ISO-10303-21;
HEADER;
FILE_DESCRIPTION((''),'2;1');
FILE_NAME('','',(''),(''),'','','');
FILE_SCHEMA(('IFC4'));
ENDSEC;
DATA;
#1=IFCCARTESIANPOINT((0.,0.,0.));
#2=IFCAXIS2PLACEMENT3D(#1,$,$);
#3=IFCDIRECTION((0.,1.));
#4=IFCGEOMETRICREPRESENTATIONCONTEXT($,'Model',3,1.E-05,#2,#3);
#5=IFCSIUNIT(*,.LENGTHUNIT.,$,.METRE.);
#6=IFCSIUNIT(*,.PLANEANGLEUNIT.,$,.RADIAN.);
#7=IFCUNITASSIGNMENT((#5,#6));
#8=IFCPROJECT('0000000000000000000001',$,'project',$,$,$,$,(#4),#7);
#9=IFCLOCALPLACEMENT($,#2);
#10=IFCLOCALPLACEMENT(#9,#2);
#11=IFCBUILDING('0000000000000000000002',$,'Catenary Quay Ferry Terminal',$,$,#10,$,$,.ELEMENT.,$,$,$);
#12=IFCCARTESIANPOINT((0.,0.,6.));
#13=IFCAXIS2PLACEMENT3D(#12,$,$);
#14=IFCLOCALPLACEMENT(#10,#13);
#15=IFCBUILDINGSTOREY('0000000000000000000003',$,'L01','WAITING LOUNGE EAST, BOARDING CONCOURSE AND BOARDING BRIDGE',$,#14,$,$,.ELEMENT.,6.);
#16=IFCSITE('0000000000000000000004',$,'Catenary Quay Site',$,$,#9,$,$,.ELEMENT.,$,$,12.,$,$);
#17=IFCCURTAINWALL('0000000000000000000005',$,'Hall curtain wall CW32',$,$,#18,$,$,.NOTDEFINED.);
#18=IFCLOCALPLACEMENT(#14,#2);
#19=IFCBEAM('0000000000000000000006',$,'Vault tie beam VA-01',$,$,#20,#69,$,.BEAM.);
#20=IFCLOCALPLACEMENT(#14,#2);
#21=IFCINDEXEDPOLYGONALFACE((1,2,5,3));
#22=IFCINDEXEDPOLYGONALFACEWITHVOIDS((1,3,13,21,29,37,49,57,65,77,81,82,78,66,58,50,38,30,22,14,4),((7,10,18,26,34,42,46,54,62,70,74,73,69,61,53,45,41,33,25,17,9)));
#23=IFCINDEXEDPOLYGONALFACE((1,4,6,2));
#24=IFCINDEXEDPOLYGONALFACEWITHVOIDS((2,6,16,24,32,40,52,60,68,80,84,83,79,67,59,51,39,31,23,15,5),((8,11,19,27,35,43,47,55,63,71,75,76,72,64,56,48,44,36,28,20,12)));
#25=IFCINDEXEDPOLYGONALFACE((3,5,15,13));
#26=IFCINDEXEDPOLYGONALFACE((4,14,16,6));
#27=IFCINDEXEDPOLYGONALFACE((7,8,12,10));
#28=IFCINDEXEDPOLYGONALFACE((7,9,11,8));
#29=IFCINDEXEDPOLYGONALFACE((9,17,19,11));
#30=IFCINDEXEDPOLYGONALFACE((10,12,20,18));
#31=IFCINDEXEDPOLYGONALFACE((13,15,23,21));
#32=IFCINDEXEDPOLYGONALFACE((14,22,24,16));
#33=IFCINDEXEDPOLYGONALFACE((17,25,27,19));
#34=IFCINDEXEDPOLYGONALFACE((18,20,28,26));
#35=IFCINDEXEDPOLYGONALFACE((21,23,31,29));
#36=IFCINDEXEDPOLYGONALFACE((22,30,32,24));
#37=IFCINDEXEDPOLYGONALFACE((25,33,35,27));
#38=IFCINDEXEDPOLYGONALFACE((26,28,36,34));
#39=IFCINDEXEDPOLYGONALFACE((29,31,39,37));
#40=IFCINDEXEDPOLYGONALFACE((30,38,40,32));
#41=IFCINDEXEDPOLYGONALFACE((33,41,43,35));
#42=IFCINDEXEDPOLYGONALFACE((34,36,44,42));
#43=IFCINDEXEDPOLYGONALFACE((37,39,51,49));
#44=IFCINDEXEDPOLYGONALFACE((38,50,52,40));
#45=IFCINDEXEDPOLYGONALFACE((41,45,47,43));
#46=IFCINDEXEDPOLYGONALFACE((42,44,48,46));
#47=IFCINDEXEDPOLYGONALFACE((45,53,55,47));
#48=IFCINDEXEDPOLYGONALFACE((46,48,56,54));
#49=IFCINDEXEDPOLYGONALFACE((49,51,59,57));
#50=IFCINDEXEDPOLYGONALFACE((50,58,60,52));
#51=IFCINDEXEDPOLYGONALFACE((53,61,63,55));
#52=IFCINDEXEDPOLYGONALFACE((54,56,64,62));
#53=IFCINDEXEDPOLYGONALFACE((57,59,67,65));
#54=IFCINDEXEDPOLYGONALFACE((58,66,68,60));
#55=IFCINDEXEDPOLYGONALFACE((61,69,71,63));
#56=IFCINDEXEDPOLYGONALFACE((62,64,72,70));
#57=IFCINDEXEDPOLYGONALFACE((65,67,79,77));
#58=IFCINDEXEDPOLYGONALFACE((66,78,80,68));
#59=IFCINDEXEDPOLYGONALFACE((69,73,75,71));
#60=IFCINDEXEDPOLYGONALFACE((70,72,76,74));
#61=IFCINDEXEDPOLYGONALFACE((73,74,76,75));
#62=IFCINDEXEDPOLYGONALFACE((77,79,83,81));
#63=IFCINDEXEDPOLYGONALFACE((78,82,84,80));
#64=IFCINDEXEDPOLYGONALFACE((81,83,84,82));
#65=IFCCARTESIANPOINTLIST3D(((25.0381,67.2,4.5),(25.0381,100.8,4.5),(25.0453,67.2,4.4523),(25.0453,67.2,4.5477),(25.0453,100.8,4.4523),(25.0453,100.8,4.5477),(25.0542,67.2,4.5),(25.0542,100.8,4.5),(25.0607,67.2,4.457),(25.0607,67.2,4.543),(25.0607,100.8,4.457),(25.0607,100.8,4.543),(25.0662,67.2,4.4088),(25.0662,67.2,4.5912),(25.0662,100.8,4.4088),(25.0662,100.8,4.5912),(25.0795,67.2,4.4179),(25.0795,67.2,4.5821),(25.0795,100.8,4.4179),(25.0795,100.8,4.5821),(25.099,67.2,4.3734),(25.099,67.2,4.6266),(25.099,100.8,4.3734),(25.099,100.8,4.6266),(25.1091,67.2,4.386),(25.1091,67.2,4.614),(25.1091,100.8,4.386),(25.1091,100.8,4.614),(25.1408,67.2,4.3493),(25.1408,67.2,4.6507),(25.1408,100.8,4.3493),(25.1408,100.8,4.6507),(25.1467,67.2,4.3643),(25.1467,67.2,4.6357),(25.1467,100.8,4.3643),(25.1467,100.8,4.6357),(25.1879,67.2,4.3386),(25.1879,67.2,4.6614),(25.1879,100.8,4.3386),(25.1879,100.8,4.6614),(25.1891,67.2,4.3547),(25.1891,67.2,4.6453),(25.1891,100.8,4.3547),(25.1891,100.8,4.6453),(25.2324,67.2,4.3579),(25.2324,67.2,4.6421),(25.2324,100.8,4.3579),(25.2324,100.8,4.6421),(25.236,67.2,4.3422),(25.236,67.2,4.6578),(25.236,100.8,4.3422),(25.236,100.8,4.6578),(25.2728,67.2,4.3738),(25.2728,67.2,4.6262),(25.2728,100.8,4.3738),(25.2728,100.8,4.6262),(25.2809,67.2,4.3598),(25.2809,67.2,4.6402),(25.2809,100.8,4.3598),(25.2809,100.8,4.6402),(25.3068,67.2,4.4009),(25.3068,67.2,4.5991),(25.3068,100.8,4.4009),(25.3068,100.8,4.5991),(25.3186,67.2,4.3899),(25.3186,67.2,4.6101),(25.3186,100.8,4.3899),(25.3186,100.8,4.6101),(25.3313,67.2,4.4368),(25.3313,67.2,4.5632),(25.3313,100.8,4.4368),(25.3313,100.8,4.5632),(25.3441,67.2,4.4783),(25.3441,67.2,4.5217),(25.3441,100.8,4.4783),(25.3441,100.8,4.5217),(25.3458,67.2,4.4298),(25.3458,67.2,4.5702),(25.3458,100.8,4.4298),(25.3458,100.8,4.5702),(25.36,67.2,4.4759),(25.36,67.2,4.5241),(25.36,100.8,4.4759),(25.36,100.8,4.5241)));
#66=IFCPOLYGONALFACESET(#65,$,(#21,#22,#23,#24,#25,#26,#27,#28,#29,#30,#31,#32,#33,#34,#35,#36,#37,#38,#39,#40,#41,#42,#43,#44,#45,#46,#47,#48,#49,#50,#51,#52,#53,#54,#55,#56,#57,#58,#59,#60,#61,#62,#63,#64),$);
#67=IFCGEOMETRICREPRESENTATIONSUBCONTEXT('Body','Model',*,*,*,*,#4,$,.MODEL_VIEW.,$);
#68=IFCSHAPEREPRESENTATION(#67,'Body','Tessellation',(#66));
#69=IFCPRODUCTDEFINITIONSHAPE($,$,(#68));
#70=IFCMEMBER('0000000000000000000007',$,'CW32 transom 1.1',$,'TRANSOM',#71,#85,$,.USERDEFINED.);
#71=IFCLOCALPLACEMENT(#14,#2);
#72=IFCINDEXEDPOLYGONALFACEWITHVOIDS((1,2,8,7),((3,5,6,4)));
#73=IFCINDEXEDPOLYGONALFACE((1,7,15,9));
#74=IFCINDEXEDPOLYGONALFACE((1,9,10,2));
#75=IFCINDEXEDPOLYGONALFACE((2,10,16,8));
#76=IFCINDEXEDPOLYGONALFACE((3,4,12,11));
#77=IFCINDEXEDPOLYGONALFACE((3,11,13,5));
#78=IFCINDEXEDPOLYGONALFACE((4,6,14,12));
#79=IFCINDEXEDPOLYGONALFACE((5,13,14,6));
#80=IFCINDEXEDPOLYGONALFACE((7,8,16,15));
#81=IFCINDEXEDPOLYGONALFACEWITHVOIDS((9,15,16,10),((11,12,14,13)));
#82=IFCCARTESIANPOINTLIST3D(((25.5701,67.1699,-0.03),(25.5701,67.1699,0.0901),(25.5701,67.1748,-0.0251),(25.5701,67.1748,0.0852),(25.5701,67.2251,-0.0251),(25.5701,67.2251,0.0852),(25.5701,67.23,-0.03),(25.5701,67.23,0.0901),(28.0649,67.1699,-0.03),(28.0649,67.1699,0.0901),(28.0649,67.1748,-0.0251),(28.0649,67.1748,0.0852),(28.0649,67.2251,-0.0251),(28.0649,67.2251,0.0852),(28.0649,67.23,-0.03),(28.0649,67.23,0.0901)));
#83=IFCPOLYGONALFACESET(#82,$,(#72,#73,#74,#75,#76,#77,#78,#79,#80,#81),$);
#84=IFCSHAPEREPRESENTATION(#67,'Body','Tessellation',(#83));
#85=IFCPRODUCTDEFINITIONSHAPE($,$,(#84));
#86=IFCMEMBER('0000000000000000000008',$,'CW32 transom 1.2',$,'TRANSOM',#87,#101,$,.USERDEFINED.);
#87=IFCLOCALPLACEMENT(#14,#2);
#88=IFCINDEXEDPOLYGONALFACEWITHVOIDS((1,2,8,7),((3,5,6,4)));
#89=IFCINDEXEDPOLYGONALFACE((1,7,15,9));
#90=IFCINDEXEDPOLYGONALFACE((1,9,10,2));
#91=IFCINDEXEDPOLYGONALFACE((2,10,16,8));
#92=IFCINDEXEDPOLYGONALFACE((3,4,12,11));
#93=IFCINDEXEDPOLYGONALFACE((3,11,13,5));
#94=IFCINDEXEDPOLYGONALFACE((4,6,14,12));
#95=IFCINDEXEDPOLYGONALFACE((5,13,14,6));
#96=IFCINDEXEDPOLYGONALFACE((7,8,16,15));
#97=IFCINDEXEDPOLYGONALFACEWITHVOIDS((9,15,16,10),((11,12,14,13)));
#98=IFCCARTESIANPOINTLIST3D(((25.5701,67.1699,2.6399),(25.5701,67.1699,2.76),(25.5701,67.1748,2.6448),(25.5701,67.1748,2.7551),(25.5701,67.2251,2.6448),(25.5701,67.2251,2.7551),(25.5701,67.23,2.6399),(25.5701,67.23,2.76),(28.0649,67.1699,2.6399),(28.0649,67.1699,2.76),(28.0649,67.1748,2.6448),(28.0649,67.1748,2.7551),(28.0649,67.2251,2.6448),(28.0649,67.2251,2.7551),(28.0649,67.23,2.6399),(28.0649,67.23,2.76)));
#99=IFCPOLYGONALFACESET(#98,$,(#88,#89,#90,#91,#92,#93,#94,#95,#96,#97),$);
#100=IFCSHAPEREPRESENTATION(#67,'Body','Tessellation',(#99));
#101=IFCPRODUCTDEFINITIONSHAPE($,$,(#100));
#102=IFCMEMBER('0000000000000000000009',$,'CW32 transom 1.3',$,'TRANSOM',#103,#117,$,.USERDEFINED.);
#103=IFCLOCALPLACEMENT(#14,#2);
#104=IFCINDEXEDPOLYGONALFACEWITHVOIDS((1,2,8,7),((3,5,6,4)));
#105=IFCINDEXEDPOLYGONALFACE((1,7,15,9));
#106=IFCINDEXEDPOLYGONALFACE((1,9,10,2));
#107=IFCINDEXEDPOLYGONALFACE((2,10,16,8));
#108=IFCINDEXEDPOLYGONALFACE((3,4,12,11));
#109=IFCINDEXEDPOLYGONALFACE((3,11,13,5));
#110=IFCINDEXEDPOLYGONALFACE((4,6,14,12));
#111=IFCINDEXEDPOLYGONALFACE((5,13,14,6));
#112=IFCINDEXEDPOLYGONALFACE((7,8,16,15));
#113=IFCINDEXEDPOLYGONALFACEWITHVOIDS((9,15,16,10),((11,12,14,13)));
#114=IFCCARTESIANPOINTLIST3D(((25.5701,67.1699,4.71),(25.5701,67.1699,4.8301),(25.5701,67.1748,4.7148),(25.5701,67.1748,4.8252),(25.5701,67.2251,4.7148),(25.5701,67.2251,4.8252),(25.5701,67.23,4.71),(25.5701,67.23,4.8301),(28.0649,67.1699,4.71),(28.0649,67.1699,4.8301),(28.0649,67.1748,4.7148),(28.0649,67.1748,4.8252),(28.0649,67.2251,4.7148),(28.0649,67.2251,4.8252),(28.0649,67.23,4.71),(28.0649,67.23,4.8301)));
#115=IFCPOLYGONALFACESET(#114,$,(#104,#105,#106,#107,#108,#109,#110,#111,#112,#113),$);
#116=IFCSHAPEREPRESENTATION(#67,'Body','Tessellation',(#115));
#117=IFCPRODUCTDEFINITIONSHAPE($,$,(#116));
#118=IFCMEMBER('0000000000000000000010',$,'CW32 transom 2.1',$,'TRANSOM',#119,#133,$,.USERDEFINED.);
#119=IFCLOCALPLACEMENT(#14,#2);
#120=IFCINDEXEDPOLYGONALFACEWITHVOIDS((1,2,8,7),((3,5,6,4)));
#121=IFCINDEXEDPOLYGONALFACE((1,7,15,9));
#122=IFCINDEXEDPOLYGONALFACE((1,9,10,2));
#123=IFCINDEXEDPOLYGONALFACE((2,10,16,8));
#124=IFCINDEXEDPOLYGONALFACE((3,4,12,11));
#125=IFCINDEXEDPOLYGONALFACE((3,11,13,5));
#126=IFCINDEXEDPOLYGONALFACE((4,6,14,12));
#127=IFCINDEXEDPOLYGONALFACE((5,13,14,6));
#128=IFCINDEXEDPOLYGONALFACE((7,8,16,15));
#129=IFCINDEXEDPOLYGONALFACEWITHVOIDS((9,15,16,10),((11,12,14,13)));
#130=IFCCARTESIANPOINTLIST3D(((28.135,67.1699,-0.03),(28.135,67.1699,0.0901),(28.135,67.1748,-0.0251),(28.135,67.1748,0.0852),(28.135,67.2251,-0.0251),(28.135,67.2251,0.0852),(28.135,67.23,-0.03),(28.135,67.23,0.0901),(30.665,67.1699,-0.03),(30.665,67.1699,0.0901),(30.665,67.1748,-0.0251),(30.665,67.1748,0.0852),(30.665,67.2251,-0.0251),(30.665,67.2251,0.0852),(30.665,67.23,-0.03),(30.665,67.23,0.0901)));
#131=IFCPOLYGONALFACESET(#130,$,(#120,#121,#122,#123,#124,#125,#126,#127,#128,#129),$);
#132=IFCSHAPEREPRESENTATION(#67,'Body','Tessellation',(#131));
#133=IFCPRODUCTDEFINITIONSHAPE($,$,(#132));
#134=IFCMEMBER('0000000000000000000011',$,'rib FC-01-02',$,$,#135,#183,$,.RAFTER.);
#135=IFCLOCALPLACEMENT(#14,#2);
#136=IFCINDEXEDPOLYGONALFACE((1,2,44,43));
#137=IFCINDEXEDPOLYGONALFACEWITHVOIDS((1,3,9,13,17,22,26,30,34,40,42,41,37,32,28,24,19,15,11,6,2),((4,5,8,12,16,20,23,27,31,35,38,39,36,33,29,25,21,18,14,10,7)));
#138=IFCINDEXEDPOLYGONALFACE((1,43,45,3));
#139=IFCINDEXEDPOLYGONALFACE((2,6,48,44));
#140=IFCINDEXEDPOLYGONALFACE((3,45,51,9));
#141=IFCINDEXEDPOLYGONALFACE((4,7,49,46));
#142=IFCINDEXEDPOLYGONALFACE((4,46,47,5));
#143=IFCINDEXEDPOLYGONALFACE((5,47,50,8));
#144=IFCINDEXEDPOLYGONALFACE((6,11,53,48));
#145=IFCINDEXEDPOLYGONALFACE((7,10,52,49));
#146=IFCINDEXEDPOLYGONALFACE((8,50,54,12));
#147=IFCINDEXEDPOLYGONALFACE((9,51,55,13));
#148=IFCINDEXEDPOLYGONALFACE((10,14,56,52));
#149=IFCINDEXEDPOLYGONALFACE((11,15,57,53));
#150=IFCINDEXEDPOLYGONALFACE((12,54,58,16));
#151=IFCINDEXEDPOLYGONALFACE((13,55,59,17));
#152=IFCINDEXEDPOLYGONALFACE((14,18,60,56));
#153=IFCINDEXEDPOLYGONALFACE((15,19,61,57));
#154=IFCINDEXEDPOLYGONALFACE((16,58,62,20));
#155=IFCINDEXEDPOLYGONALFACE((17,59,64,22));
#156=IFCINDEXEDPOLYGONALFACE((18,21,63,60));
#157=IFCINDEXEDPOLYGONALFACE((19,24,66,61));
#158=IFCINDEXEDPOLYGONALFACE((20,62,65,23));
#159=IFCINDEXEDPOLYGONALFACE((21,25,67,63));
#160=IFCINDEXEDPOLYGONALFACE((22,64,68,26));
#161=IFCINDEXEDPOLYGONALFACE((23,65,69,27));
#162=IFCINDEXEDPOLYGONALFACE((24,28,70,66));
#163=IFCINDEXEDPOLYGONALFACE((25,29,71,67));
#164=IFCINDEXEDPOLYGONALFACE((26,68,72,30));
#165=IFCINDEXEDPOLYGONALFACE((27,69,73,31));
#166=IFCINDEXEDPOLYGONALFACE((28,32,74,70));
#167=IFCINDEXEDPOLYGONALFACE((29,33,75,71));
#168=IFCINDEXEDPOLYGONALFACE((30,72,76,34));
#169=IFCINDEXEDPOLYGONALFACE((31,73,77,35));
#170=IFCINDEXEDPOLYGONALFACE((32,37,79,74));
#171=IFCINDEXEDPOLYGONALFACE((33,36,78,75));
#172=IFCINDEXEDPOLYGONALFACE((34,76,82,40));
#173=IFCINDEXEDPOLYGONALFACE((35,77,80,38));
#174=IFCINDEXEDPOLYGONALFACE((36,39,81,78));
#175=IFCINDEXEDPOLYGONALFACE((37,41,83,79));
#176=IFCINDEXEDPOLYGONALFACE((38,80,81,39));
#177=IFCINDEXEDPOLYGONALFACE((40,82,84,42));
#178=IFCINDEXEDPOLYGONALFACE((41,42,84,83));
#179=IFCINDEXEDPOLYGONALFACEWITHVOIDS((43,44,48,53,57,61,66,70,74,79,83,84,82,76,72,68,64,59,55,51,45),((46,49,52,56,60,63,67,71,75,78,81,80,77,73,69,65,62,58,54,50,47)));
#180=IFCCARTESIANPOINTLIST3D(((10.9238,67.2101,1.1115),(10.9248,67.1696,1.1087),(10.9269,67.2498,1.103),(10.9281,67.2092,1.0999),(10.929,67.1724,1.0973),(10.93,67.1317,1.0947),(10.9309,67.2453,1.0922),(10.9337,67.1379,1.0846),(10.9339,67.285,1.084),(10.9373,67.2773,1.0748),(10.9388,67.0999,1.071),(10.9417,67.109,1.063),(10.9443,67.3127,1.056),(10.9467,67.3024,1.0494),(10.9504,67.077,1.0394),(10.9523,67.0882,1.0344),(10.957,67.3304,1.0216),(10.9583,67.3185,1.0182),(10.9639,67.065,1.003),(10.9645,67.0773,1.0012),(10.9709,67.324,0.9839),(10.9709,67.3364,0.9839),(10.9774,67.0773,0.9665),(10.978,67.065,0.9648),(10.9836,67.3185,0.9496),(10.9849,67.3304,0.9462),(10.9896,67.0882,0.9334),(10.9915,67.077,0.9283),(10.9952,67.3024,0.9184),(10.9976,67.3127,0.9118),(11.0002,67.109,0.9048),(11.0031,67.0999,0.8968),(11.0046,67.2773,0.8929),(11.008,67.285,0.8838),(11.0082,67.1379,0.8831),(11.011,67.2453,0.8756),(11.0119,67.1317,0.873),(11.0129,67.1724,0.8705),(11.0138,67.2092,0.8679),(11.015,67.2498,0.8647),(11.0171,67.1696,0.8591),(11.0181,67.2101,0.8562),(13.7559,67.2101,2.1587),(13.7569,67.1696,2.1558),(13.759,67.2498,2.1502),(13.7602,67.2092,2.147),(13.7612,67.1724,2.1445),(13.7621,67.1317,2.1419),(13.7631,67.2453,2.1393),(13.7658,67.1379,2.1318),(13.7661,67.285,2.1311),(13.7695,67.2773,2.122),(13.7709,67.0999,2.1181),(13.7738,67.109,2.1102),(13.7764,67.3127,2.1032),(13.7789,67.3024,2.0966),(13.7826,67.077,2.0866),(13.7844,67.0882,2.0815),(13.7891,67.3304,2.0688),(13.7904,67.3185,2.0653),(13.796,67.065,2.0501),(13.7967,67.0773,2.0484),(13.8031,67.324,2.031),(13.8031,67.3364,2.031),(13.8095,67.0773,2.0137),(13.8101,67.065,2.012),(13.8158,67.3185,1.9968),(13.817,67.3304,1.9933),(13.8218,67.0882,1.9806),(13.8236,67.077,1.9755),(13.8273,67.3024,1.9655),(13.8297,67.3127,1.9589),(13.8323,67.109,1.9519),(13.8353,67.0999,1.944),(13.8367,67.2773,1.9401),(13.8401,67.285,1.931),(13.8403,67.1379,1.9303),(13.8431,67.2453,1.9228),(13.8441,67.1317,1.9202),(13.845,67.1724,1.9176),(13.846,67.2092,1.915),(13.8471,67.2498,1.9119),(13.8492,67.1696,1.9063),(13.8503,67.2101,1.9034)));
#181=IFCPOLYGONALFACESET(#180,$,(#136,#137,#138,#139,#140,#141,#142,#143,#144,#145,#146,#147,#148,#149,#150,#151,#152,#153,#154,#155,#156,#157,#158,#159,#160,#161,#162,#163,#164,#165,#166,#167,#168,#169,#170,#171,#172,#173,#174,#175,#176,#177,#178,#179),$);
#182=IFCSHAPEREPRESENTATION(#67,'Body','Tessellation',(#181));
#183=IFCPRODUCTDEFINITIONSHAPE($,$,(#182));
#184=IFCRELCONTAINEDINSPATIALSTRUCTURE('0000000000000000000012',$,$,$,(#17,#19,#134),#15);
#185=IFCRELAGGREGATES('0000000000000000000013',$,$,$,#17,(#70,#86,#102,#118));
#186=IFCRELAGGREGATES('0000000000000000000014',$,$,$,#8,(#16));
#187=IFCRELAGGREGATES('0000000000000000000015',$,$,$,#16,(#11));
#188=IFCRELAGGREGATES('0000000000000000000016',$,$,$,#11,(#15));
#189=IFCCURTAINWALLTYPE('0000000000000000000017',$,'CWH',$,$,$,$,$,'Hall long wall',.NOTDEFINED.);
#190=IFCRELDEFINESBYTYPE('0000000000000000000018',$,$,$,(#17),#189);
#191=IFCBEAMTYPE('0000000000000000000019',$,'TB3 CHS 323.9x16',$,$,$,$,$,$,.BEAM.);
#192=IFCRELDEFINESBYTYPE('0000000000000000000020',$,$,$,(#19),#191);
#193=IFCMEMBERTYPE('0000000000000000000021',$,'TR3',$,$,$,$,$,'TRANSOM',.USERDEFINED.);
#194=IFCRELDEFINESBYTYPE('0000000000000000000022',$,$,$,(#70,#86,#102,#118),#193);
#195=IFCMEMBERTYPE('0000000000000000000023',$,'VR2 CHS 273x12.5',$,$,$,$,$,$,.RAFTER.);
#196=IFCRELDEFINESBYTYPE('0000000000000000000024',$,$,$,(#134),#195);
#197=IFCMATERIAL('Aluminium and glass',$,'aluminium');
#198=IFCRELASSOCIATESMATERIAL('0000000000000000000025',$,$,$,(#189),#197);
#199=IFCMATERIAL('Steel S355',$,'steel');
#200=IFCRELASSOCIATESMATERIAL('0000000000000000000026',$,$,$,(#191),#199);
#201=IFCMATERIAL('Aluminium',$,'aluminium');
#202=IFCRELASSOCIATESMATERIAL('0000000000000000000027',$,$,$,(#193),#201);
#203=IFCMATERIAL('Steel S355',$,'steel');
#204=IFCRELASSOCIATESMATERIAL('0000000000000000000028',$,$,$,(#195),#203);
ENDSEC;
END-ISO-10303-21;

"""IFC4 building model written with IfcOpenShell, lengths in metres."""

from ifc_helpers import new_model, si_unit, direction, frame, origin, origin_2d, place, context, subcontext, project, spatial, hollow_rectangle, hollow_circle, extrude, material, material_profile, profile_set, type_object, element, aggregate, save


model = new_model("IFC4")

# Units and contexts
model_context = context("Model", 3, precision=1e-05, world=origin(), true_north=direction((0.0, 1.0)))
body_context = subcontext(model_context, "Body", "Model", "MODEL_VIEW")
ifc_project = project(units=[si_unit("LENGTHUNIT", "METRE"), si_unit("PLANEANGLEUNIT", "RADIAN")], contexts=[model_context])

# Site, building, storey
site_placement = place(None, origin())
site = spatial("IfcSite", under=ifc_project, at=site_placement, Name="Catenary Quay Site", CompositionType="ELEMENT", RefElevation=12.0)
building_placement = place(site_placement, origin())
building = spatial("IfcBuilding", under=site, at=building_placement, Name="Catenary Quay Ferry Terminal", CompositionType="ELEMENT")
storey_placement = place(building_placement, frame((0.0, 0.0, 6.0)))
storey = spatial("IfcBuildingStorey", under=building, at=storey_placement, Name="L01", Description="WAITING LOUNGE EAST, BOARDING CONCOURSE AND BOARDING BRIDGE", CompositionType="ELEMENT", Elevation=6.0)

# Curtain wall
ifc_material_1 = material(Name="Aluminium and glass", Category="aluminium")
curtain_wall_type = type_object("IfcCurtainWallType", Name="CWH", ElementType="Hall long wall", PredefinedType="NOTDEFINED", material=ifc_material_1)
curtain_wall_placement = place(storey_placement, origin())
curtain_wall = element("IfcCurtainWall", 1, at=curtain_wall_placement, inside=storey, type_object=curtain_wall_type, Name="Hall curtain wall CW32", PredefinedType="NOTDEFINED")

# Beam
ifc_material_2 = material(Name="Steel S355", Category="steel")
ifc_material_profile_1 = material_profile(ifc_material_2, hollow_circle(Radius=0.1619, WallThickness=0.0161, at=origin_2d()), Name="CHS 323.9x16")
ifc_profile_set_1 = profile_set([ifc_material_profile_1], Name="Steel S355")
beam_type_1 = type_object("IfcBeamType", Name="TB3 CHS 323.9x16", PredefinedType="BEAM", material=ifc_profile_set_1)
beam_1_placement = place(storey_placement, frame((25.2, 67.2, 4.5), z_axis=(0.0, 1.0, 0.0), x_axis=(-1.0, 0.0, 0.0)))
element("IfcBeam", 2, at=beam_1_placement, inside=storey, type_object=beam_type_1, Name="Vault tie beam VA-01", PredefinedType="BEAM", context=body_context, shape_type="SweptSolid", body=[
    extrude(hollow_circle(Radius=0.1619, WallThickness=0.0161, at=origin_2d()), origin(), (0.0, 0.0, 1.0), 33.6001),
])

# Members
ifc_material_3 = material(Name="Aluminium", Category="aluminium")
ifc_material_profile_2 = material_profile(ifc_material_3, hollow_rectangle(XDim=0.0601, YDim=0.1201, WallThickness=0.0049, at=origin_2d()), Name="TR3")
ifc_profile_set_2 = profile_set([ifc_material_profile_2], Name="Aluminium")
member_type_1 = type_object("IfcMemberType", Name="TR3", ElementType="TRANSOM", PredefinedType="USERDEFINED", material=ifc_profile_set_2)
member_1_placement = place(storey_placement, frame((25.5701, 67.2, 0.03), z_axis=(1.0, 0.0, 0.0), x_axis=(0.0, 1.0, 0.0)))
member_1 = element("IfcMember", 3, at=member_1_placement, type_object=member_type_1, Name="CW32 transom 1.1", ObjectType="TRANSOM", PredefinedType="USERDEFINED", context=body_context, shape_type="SweptSolid", body=[
    extrude(hollow_rectangle(XDim=0.0601, YDim=0.1201, WallThickness=0.0049, at=origin_2d()), origin(), (0.0, 0.0, 1.0), 2.4949),
])
member_2_placement = place(storey_placement, frame((25.5701, 67.2, 2.7), z_axis=(1.0, 0.0, 0.0), x_axis=(0.0, 1.0, 0.0)))
member_2 = element("IfcMember", 4, at=member_2_placement, type_object=member_type_1, Name="CW32 transom 1.2", ObjectType="TRANSOM", PredefinedType="USERDEFINED", context=body_context, shape_type="SweptSolid", body=[
    extrude(hollow_rectangle(XDim=0.0601, YDim=0.1201, WallThickness=0.0049, at=origin_2d()), origin(), (0.0, 0.0, 1.0), 2.4949),
])
member_3_placement = place(storey_placement, frame((25.5701, 67.2, 4.77), z_axis=(1.0, 0.0, 0.0), x_axis=(0.0, 1.0, 0.0)))
member_3 = element("IfcMember", 5, at=member_3_placement, type_object=member_type_1, Name="CW32 transom 1.3", ObjectType="TRANSOM", PredefinedType="USERDEFINED", context=body_context, shape_type="SweptSolid", body=[
    extrude(hollow_rectangle(XDim=0.0601, YDim=0.1201, WallThickness=0.0049, at=origin_2d()), origin(), (0.0, 0.0, 1.0), 2.4949),
])
member_4_placement = place(storey_placement, frame((28.135, 67.2, 0.03), z_axis=(1.0, 0.0, 0.0), x_axis=(0.0, 1.0, 0.0)))
member_4 = element("IfcMember", 6, at=member_4_placement, type_object=member_type_1, Name="CW32 transom 2.1", ObjectType="TRANSOM", PredefinedType="USERDEFINED", context=body_context, shape_type="SweptSolid", body=[
    extrude(hollow_rectangle(XDim=0.0601, YDim=0.1201, WallThickness=0.0049, at=origin_2d()), origin(), (0.0, 0.0, 1.0), 2.53),
])

# Member
ifc_material_4 = material(Name="Steel S355", Category="steel")
ifc_material_profile_3 = material_profile(ifc_material_4, hollow_circle(Radius=0.1365, WallThickness=0.0125, at=origin_2d()), Name="CHS 273x12.5")
ifc_profile_set_3 = profile_set([ifc_material_profile_3], Name="Steel S355")
member_type_2 = type_object("IfcMemberType", Name="VR2 CHS 273x12.5", PredefinedType="RAFTER", material=ifc_profile_set_3)
member_5_placement = place(storey_placement, frame((10.9709, 67.2, 0.9839), z_axis=(0.937941, 0.0, 0.346796), x_axis=(0.0, 1.0, 0.0)))
element("IfcMember", 7, at=member_5_placement, inside=storey, type_object=member_type_2, Name="rib FC-01-02", PredefinedType="RAFTER", context=body_context, shape_type="SweptSolid", body=[
    extrude(hollow_circle(Radius=0.1365, WallThickness=0.0125, at=origin_2d()), origin(), (0.0, 0.0, 1.0), 3.0195),
])

aggregate(curtain_wall, [member_1, member_2, member_3, member_4])

save(model, "model.ifc")
